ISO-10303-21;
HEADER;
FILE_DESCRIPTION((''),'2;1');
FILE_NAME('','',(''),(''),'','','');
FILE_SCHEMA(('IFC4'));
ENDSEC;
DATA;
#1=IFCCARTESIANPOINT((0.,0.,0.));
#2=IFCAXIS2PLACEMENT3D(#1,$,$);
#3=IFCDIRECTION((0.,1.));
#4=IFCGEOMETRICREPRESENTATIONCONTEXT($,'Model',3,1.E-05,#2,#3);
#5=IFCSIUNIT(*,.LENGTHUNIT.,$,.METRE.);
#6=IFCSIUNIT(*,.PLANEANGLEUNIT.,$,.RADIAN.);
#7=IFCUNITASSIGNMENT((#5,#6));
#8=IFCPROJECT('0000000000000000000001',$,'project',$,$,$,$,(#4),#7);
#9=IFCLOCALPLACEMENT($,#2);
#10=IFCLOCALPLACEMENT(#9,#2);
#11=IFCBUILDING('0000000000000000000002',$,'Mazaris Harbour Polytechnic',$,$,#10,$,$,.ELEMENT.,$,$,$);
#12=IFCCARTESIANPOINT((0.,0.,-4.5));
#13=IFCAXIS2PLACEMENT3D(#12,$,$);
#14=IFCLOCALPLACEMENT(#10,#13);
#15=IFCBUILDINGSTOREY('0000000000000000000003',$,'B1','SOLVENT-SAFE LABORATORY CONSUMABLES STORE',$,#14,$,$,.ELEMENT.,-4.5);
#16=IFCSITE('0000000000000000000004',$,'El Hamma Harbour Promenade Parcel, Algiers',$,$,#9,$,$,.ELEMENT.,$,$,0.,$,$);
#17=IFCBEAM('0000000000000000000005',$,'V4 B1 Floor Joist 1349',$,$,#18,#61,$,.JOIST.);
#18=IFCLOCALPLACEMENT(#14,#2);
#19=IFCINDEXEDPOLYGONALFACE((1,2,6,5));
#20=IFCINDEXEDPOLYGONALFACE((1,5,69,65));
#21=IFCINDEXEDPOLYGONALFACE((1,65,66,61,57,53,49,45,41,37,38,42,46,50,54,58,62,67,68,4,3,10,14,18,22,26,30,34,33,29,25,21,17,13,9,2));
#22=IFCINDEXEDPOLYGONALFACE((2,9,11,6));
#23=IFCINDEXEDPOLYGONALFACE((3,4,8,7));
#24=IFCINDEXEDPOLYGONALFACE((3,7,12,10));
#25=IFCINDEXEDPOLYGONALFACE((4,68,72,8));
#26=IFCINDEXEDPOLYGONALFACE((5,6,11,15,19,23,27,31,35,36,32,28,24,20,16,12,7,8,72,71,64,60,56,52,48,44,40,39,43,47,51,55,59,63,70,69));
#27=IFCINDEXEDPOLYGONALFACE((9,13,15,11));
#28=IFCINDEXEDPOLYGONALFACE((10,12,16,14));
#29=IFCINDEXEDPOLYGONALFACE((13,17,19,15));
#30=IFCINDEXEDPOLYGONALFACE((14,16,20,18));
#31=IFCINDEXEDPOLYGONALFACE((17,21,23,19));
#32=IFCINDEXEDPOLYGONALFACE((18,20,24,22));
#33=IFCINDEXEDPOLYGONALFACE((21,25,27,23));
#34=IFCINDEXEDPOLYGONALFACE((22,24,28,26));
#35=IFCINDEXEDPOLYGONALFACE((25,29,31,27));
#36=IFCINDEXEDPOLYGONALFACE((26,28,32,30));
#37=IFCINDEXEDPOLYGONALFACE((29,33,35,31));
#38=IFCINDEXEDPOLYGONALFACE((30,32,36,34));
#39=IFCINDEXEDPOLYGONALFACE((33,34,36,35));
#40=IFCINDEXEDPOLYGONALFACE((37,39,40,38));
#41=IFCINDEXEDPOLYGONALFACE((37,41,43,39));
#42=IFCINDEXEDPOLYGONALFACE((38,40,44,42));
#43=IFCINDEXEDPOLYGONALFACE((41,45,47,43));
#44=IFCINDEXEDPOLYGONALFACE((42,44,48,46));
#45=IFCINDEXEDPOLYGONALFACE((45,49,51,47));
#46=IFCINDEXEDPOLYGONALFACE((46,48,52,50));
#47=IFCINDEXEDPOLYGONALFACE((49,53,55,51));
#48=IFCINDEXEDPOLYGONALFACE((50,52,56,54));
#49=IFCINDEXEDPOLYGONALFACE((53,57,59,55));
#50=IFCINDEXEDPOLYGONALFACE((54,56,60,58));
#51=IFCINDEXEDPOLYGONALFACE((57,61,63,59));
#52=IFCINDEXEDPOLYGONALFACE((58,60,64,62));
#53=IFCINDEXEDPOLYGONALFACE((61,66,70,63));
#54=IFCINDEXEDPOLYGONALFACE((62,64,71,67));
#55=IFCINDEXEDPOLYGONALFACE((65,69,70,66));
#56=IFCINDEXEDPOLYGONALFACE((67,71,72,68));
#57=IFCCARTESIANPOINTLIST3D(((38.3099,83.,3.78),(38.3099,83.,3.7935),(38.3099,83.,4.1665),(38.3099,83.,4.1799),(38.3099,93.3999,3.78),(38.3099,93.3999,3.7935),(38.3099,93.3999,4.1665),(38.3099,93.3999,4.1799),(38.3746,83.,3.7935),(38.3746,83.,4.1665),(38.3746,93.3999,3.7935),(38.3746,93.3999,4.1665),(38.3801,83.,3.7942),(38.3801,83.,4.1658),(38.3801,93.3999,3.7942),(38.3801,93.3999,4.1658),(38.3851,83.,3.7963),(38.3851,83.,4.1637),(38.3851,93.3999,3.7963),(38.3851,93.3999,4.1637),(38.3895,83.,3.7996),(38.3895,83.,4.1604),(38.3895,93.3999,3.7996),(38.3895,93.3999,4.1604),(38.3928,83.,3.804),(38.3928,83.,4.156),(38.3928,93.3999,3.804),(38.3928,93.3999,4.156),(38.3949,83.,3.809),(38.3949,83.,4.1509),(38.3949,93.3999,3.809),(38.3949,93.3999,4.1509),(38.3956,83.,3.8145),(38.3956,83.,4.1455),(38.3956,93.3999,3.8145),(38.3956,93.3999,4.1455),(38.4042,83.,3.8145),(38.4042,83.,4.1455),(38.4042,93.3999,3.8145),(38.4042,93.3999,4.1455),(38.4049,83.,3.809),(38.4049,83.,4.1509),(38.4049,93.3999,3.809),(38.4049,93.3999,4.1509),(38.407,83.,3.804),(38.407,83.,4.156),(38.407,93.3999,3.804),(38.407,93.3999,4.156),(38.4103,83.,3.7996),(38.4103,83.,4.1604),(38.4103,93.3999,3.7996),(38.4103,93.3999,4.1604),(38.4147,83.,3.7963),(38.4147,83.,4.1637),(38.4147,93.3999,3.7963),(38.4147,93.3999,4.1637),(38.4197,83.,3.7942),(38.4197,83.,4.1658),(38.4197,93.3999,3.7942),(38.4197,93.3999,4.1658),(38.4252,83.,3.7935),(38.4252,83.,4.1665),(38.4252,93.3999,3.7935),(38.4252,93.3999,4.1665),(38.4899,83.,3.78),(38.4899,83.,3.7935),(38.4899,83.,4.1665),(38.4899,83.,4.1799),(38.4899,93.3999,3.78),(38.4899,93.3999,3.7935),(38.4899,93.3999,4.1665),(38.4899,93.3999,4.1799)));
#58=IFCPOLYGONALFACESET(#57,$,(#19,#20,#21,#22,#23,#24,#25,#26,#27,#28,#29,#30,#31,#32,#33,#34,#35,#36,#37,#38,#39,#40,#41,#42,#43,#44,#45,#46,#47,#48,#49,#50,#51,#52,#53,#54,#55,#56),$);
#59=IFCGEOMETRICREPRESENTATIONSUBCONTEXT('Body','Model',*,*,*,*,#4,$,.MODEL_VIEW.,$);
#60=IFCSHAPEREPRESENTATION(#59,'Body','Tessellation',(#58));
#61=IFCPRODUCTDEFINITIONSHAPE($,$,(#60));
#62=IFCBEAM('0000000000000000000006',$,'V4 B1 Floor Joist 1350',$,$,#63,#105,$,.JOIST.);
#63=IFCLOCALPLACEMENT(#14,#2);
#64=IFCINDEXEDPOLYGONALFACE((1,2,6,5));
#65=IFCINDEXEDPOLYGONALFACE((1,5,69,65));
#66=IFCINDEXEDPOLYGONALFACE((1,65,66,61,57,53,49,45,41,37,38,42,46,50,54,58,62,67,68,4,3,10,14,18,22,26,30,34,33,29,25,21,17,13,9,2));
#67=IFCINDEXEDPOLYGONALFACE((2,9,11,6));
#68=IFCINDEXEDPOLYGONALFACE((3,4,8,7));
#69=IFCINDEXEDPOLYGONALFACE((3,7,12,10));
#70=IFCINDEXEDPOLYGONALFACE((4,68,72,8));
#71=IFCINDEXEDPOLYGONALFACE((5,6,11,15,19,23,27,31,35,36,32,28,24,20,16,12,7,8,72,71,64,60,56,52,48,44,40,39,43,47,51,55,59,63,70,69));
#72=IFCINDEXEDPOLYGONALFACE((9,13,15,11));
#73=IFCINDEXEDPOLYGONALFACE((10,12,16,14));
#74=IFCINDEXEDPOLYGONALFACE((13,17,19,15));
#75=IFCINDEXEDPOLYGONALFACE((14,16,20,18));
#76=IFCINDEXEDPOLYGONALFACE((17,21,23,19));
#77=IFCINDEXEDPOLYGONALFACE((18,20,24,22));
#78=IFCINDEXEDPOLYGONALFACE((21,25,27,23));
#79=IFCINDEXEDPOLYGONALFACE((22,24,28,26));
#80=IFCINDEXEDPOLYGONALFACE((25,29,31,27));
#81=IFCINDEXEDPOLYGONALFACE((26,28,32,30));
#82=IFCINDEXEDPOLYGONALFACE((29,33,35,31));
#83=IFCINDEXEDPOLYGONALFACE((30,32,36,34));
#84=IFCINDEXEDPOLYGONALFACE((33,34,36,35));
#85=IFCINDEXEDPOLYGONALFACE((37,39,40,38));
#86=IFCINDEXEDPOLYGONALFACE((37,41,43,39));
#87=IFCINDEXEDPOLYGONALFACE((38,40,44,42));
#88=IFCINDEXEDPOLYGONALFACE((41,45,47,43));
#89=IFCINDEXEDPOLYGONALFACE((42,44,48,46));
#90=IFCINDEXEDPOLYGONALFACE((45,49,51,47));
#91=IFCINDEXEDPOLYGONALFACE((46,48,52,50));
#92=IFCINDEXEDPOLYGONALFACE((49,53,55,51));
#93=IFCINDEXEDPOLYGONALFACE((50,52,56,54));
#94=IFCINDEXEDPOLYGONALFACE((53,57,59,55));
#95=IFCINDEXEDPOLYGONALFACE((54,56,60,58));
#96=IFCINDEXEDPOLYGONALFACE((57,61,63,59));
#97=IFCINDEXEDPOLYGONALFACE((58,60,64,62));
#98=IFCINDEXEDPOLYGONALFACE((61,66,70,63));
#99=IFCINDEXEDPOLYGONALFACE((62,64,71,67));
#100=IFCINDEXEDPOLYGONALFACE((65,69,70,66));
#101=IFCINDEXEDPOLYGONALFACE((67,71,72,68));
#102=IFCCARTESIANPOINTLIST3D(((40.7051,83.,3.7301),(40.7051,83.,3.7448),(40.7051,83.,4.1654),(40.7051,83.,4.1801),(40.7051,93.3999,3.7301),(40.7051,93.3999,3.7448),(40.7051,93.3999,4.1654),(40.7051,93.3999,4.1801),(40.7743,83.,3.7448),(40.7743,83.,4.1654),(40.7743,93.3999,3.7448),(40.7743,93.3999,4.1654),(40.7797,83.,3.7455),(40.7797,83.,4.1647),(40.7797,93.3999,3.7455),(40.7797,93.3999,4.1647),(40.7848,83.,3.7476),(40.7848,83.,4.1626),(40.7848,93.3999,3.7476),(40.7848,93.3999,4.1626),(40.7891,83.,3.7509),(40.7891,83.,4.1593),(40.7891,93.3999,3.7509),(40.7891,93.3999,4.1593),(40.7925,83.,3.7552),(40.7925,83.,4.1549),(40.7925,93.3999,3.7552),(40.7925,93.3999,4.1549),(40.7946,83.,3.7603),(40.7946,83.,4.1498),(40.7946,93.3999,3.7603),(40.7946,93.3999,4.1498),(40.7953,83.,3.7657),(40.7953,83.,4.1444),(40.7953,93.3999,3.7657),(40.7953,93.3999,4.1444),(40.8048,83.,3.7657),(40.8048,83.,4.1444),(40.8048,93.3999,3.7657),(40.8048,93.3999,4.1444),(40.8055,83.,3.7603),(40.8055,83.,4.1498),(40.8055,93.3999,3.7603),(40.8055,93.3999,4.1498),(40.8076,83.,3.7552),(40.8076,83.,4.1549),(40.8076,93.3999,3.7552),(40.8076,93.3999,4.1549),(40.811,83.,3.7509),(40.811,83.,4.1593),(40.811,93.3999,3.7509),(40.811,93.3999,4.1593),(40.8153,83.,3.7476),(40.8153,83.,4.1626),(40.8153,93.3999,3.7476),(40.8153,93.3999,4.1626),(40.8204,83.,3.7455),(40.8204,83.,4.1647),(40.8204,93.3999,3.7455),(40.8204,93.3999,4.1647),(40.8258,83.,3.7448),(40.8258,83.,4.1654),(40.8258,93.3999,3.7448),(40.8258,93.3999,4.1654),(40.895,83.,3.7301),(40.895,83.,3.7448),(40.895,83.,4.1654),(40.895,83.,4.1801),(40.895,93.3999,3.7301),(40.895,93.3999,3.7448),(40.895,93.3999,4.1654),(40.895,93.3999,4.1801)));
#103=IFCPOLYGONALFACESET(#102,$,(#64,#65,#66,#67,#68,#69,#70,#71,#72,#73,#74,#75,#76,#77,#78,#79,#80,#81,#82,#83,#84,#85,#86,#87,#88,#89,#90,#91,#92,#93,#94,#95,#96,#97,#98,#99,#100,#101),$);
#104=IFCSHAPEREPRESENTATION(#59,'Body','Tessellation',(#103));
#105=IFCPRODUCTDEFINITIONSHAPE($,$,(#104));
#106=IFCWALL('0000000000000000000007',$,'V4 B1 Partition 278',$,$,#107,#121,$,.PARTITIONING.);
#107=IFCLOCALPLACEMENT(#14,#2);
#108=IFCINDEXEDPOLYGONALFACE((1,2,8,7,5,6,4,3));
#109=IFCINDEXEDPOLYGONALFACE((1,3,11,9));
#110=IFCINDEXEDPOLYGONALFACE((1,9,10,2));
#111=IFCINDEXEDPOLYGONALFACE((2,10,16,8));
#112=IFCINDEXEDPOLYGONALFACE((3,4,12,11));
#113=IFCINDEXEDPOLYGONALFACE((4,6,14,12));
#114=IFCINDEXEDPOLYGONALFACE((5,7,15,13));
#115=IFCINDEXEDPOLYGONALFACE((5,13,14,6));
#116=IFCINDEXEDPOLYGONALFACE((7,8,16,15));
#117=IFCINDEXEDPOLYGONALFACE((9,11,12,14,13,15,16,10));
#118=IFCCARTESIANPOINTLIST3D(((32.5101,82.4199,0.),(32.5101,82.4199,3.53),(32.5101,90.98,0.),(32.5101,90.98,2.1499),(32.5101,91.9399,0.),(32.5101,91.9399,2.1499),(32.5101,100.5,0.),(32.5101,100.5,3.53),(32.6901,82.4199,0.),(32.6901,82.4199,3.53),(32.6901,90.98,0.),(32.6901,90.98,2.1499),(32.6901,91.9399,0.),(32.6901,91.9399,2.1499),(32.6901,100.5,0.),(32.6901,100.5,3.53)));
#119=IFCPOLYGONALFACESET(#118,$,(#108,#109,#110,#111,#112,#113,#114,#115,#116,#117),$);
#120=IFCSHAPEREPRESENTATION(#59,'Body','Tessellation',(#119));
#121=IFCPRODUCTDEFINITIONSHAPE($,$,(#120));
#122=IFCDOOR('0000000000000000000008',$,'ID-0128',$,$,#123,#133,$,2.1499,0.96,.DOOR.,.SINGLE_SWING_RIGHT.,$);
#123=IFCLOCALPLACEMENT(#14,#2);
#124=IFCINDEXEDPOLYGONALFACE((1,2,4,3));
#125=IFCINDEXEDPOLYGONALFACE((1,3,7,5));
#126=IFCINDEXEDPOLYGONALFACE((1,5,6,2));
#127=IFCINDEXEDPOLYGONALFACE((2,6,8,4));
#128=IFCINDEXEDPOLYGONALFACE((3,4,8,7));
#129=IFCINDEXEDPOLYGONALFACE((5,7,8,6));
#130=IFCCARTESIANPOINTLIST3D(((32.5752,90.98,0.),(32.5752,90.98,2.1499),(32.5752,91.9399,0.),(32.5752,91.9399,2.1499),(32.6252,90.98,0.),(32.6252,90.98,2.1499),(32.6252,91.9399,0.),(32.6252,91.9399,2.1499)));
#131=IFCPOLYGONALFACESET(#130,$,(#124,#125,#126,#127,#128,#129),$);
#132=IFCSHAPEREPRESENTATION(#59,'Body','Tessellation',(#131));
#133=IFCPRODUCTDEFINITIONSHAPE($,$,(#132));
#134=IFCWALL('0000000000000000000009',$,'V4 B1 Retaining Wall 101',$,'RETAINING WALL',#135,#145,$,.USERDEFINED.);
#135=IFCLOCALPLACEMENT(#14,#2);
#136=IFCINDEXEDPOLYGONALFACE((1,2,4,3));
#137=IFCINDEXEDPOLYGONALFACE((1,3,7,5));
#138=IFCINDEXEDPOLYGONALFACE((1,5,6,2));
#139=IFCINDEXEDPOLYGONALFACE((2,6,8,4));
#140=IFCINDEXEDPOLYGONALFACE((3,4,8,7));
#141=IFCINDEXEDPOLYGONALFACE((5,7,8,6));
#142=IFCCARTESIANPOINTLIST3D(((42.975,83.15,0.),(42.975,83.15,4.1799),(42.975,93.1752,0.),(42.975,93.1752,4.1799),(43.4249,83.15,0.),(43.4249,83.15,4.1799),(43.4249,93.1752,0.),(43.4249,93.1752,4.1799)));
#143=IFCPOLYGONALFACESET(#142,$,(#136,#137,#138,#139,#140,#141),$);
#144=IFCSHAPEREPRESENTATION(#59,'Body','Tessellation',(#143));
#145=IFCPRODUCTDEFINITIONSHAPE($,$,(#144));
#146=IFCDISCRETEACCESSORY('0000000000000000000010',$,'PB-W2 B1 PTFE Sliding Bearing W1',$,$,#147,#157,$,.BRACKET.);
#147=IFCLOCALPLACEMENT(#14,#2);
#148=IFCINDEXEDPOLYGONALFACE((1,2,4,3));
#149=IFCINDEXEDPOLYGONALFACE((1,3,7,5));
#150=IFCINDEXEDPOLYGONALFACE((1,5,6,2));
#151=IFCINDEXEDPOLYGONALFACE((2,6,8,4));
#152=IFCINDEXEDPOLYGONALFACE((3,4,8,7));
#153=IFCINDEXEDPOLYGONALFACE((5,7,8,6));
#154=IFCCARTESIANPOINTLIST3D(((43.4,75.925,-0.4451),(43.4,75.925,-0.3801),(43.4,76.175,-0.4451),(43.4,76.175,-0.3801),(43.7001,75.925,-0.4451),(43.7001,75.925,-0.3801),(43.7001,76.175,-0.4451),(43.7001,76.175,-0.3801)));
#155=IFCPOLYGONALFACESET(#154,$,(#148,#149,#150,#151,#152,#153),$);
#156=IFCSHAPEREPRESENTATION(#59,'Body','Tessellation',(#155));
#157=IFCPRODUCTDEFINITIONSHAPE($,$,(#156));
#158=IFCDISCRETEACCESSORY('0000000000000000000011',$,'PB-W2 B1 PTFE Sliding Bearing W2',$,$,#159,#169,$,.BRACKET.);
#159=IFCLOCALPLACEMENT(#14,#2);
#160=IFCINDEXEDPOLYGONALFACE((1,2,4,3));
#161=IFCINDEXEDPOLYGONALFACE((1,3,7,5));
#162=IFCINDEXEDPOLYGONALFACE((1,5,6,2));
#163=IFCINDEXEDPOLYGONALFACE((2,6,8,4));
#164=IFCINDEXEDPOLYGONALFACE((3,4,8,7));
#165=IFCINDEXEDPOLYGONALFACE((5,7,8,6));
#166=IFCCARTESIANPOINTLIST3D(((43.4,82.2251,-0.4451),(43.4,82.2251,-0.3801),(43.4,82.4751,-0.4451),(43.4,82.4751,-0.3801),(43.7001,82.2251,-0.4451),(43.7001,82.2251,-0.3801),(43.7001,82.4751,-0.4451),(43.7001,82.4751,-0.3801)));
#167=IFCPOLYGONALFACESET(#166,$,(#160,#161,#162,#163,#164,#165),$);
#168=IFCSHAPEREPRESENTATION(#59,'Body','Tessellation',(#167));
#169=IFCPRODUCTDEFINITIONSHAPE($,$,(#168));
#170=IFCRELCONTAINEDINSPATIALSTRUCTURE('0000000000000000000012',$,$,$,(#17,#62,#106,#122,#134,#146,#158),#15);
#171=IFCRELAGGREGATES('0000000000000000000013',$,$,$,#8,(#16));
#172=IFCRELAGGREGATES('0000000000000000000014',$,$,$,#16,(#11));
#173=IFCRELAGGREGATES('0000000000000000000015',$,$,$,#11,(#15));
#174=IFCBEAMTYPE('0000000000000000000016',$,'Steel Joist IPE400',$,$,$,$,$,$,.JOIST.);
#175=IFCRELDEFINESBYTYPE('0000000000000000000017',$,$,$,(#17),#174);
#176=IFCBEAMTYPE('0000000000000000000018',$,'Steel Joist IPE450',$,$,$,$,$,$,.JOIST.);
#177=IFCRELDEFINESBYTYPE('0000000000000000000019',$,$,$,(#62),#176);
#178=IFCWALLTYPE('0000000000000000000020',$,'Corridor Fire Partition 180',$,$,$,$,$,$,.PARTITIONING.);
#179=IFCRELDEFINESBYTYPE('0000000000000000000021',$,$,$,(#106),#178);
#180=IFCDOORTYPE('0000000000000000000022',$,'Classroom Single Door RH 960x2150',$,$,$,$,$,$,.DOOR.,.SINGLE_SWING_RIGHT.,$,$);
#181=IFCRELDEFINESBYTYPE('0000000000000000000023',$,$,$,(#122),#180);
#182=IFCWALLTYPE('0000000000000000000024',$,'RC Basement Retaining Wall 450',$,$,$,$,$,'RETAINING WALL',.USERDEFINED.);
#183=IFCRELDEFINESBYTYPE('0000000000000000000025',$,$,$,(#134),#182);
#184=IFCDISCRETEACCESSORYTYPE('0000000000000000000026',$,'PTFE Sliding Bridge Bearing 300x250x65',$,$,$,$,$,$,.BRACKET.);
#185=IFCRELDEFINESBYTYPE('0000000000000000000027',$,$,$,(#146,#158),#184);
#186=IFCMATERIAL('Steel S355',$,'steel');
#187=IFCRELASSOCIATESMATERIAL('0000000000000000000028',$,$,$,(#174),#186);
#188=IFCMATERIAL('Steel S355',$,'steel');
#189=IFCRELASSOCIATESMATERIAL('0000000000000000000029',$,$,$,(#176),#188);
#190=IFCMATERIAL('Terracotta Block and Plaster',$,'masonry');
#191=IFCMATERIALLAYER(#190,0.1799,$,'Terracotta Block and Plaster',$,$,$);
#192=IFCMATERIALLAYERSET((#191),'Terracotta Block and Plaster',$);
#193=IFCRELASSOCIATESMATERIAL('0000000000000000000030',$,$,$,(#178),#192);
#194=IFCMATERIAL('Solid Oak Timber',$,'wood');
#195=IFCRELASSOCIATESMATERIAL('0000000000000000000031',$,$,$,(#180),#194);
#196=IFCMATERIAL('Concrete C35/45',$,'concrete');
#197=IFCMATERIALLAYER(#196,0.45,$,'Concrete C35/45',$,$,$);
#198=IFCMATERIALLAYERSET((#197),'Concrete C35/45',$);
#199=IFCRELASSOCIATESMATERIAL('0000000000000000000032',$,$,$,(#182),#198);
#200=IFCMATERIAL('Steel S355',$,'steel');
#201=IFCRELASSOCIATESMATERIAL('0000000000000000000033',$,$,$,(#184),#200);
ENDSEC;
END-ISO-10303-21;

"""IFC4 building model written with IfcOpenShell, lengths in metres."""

from ifc_helpers import new_model, si_unit, direction, frame, frame_2d, origin, origin_2d, place, context, subcontext, project, spatial, rectangle, i_section, extrude, material, layer, layer_set, material_profile, profile_set, type_object, element, fill, save


model = new_model("IFC4")

# Units and contexts
model_context = context("Model", 3, precision=1e-05, world=origin(), true_north=direction((0.0, 1.0)))
body_context = subcontext(model_context, "Body", "Model", "MODEL_VIEW")
ifc_project = project(units=[si_unit("LENGTHUNIT", "METRE"), si_unit("PLANEANGLEUNIT", "RADIAN")], contexts=[model_context])

# Site, building, storey
site_placement = place(None, origin())
site = spatial("IfcSite", under=ifc_project, at=site_placement, Name="El Hamma Harbour Promenade Parcel, Algiers", CompositionType="ELEMENT", RefElevation=0.0)
building_placement = place(site_placement, origin())
building = spatial("IfcBuilding", under=site, at=building_placement, Name="Mazaris Harbour Polytechnic", CompositionType="ELEMENT")
storey_placement = place(building_placement, frame((0.0, 0.0, -4.5)))
storey = spatial("IfcBuildingStorey", under=building, at=storey_placement, Name="B1", Description="SOLVENT-SAFE LABORATORY CONSUMABLES STORE", CompositionType="ELEMENT", Elevation=-4.5)

# Beams
ifc_material_1 = material(Name="Steel S355", Category="steel")
ifc_material_profile_1 = material_profile(ifc_material_1, i_section(OverallWidth=0.1799, OverallDepth=0.3999, WebThickness=0.0085, FlangeThickness=0.0134, FilletRadius=0.021, at=origin_2d()), Name="IPE 400")
ifc_profile_set_1 = profile_set([ifc_material_profile_1], Name="Steel S355")
beam_type_1 = type_object("IfcBeamType", Name="Steel Joist IPE400", PredefinedType="JOIST", material=ifc_profile_set_1)
beam_1_placement = place(storey_placement, frame((38.3999, 83.0, 3.98), z_axis=(0.0, 1.0, 0.0), x_axis=(-1.0, 0.0, 0.0)))
element("IfcBeam", 1, at=beam_1_placement, inside=storey, type_object=beam_type_1, Name="V4 B1 Floor Joist 1349", PredefinedType="JOIST", context=body_context, shape_type="SweptSolid", body=[
    extrude(i_section(OverallWidth=0.1799, OverallDepth=0.3999, WebThickness=0.0085, FlangeThickness=0.0134, FilletRadius=0.021, at=origin_2d()), origin(), (0.0, 0.0, 1.0), 10.3999),
])
ifc_material_2 = material(Name="Steel S355", Category="steel")
ifc_material_profile_2 = material_profile(ifc_material_2, i_section(OverallWidth=0.1899, OverallDepth=0.45, WebThickness=0.0095, FlangeThickness=0.0146, FilletRadius=0.021, at=origin_2d()), Name="IPE 450")
ifc_profile_set_2 = profile_set([ifc_material_profile_2], Name="Steel S355")
beam_type_2 = type_object("IfcBeamType", Name="Steel Joist IPE450", PredefinedType="JOIST", material=ifc_profile_set_2)
beam_2_placement = place(storey_placement, frame((40.8, 83.0, 3.9551), z_axis=(0.0, 1.0, 0.0), x_axis=(-1.0, 0.0, 0.0)))
element("IfcBeam", 2, at=beam_2_placement, inside=storey, type_object=beam_type_2, Name="V4 B1 Floor Joist 1350", PredefinedType="JOIST", context=body_context, shape_type="SweptSolid", body=[
    extrude(i_section(OverallWidth=0.1899, OverallDepth=0.45, WebThickness=0.0095, FlangeThickness=0.0146, FilletRadius=0.021, at=origin_2d()), origin(), (0.0, 0.0, 1.0), 10.3999),
])

# Wall, opening, door
ifc_material_3 = material(Name="Terracotta Block and Plaster", Category="masonry")
ifc_layer_1 = layer(ifc_material_3, 0.1799, Name="Terracotta Block and Plaster")
ifc_layer_set_1 = layer_set([ifc_layer_1], Name="Terracotta Block and Plaster")
wall_type_1 = type_object("IfcWallType", Name="Corridor Fire Partition 180", PredefinedType="PARTITIONING", material=ifc_layer_set_1)
wall_1_placement = place(storey_placement, frame((32.6001, 82.4199, 0.0), z_axis=(0.0, 0.0, 1.0), x_axis=(0.0, 1.0, 0.0)))
wall_1 = element("IfcWall", 3, at=wall_1_placement, inside=storey, type_object=wall_type_1, Name="V4 B1 Partition 278", PredefinedType="PARTITIONING", context=body_context, shape_type="SweptSolid", body=[
    extrude(rectangle(XDim=18.0801, YDim=0.1799, at=frame_2d((9.04, 0.0))), origin(), (0.0, 0.0, 1.0), 3.53),
])
opening_placement = place(wall_1_placement, frame((8.5601, 0.0, 0.0)))
opening = element("IfcOpeningElement", 4, at=opening_placement, cuts=wall_1, PredefinedType="OPENING", context=body_context, shape_type="SweptSolid", body=[
    extrude(rectangle(XDim=0.96, YDim=2.1499, at=frame_2d((0.48, 1.075))), frame((0.0, 0.0999, 0.0), z_axis=(0.0, -1.0, 0.0), x_axis=(1.0, 0.0, 0.0)), (0.0, 0.0, 1.0), 0.2),
])
ifc_material_4 = material(Name="Solid Oak Timber", Category="wood")
door_type = type_object("IfcDoorType", Name="Classroom Single Door RH 960x2150", OperationType="SINGLE_SWING_RIGHT", PredefinedType="DOOR", material=ifc_material_4)
door_placement = place(opening_placement, origin())
door = element("IfcDoor", 5, at=door_placement, inside=storey, type_object=door_type, Name="ID-0128", OperationType="SINGLE_SWING_RIGHT", OverallHeight=2.1499, OverallWidth=0.96, PredefinedType="DOOR", context=body_context, shape_type="SweptSolid", body=[
    extrude(rectangle(XDim=0.96, YDim=2.1499, at=frame_2d((0.48, 1.075))), frame((0.0, 0.0249, 0.0), z_axis=(0.0, -1.0, 0.0), x_axis=(1.0, 0.0, 0.0)), (0.0, 0.0, 1.0), 0.05),
])
fill(opening, door)

# Wall
ifc_material_5 = material(Name="Concrete C35/45", Category="concrete")
ifc_layer_2 = layer(ifc_material_5, 0.45, Name="Concrete C35/45")
ifc_layer_set_2 = layer_set([ifc_layer_2], Name="Concrete C35/45")
wall_type_2 = type_object("IfcWallType", Name="RC Basement Retaining Wall 450", ElementType="RETAINING WALL", PredefinedType="USERDEFINED", material=ifc_layer_set_2)
wall_2_placement = place(storey_placement, frame((43.2, 83.1499, 0.0), z_axis=(0.0, 0.0, 1.0), x_axis=(0.0, 1.0, 0.0)))
element("IfcWall", 6, at=wall_2_placement, inside=storey, type_object=wall_type_2, Name="V4 B1 Retaining Wall 101", ObjectType="RETAINING WALL", PredefinedType="USERDEFINED", context=body_context, shape_type="SweptSolid", body=[
    extrude(rectangle(XDim=10.0251, YDim=0.45, at=frame_2d((5.0127, 0.0))), origin(), (0.0, 0.0, 1.0), 4.1799),
])

# Discrete accessories
ifc_material_6 = material(Name="Steel S355", Category="steel")
discrete_accessory_type = type_object("IfcDiscreteAccessoryType", Name="PTFE Sliding Bridge Bearing 300x250x65", PredefinedType="BRACKET", material=ifc_material_6)
for number, where, z_axis, x_axis, name in (
    (7, (43.55, 76.05, -0.4451), (0.0, 0.0, 1.0), (1.0, 0.0, 0.0), "PB-W2 B1 PTFE Sliding Bearing W1"),
    (8, (43.55, 82.3501, -0.4451), (0.0, 0.0, 1.0), (1.0, 0.0, 0.0), "PB-W2 B1 PTFE Sliding Bearing W2"),
):
    element("IfcDiscreteAccessory", number, at=place(storey_placement, frame(where, z_axis=z_axis, x_axis=x_axis)), inside=storey, type_object=discrete_accessory_type, Name=name, PredefinedType="BRACKET", context=body_context, shape_type="SweptSolid", body=[
        extrude(rectangle(XDim=0.3, YDim=0.25, at=origin_2d()), origin(), (0.0, 0.0, 1.0), 0.0649),
    ])

save(model, "model.ifc")
